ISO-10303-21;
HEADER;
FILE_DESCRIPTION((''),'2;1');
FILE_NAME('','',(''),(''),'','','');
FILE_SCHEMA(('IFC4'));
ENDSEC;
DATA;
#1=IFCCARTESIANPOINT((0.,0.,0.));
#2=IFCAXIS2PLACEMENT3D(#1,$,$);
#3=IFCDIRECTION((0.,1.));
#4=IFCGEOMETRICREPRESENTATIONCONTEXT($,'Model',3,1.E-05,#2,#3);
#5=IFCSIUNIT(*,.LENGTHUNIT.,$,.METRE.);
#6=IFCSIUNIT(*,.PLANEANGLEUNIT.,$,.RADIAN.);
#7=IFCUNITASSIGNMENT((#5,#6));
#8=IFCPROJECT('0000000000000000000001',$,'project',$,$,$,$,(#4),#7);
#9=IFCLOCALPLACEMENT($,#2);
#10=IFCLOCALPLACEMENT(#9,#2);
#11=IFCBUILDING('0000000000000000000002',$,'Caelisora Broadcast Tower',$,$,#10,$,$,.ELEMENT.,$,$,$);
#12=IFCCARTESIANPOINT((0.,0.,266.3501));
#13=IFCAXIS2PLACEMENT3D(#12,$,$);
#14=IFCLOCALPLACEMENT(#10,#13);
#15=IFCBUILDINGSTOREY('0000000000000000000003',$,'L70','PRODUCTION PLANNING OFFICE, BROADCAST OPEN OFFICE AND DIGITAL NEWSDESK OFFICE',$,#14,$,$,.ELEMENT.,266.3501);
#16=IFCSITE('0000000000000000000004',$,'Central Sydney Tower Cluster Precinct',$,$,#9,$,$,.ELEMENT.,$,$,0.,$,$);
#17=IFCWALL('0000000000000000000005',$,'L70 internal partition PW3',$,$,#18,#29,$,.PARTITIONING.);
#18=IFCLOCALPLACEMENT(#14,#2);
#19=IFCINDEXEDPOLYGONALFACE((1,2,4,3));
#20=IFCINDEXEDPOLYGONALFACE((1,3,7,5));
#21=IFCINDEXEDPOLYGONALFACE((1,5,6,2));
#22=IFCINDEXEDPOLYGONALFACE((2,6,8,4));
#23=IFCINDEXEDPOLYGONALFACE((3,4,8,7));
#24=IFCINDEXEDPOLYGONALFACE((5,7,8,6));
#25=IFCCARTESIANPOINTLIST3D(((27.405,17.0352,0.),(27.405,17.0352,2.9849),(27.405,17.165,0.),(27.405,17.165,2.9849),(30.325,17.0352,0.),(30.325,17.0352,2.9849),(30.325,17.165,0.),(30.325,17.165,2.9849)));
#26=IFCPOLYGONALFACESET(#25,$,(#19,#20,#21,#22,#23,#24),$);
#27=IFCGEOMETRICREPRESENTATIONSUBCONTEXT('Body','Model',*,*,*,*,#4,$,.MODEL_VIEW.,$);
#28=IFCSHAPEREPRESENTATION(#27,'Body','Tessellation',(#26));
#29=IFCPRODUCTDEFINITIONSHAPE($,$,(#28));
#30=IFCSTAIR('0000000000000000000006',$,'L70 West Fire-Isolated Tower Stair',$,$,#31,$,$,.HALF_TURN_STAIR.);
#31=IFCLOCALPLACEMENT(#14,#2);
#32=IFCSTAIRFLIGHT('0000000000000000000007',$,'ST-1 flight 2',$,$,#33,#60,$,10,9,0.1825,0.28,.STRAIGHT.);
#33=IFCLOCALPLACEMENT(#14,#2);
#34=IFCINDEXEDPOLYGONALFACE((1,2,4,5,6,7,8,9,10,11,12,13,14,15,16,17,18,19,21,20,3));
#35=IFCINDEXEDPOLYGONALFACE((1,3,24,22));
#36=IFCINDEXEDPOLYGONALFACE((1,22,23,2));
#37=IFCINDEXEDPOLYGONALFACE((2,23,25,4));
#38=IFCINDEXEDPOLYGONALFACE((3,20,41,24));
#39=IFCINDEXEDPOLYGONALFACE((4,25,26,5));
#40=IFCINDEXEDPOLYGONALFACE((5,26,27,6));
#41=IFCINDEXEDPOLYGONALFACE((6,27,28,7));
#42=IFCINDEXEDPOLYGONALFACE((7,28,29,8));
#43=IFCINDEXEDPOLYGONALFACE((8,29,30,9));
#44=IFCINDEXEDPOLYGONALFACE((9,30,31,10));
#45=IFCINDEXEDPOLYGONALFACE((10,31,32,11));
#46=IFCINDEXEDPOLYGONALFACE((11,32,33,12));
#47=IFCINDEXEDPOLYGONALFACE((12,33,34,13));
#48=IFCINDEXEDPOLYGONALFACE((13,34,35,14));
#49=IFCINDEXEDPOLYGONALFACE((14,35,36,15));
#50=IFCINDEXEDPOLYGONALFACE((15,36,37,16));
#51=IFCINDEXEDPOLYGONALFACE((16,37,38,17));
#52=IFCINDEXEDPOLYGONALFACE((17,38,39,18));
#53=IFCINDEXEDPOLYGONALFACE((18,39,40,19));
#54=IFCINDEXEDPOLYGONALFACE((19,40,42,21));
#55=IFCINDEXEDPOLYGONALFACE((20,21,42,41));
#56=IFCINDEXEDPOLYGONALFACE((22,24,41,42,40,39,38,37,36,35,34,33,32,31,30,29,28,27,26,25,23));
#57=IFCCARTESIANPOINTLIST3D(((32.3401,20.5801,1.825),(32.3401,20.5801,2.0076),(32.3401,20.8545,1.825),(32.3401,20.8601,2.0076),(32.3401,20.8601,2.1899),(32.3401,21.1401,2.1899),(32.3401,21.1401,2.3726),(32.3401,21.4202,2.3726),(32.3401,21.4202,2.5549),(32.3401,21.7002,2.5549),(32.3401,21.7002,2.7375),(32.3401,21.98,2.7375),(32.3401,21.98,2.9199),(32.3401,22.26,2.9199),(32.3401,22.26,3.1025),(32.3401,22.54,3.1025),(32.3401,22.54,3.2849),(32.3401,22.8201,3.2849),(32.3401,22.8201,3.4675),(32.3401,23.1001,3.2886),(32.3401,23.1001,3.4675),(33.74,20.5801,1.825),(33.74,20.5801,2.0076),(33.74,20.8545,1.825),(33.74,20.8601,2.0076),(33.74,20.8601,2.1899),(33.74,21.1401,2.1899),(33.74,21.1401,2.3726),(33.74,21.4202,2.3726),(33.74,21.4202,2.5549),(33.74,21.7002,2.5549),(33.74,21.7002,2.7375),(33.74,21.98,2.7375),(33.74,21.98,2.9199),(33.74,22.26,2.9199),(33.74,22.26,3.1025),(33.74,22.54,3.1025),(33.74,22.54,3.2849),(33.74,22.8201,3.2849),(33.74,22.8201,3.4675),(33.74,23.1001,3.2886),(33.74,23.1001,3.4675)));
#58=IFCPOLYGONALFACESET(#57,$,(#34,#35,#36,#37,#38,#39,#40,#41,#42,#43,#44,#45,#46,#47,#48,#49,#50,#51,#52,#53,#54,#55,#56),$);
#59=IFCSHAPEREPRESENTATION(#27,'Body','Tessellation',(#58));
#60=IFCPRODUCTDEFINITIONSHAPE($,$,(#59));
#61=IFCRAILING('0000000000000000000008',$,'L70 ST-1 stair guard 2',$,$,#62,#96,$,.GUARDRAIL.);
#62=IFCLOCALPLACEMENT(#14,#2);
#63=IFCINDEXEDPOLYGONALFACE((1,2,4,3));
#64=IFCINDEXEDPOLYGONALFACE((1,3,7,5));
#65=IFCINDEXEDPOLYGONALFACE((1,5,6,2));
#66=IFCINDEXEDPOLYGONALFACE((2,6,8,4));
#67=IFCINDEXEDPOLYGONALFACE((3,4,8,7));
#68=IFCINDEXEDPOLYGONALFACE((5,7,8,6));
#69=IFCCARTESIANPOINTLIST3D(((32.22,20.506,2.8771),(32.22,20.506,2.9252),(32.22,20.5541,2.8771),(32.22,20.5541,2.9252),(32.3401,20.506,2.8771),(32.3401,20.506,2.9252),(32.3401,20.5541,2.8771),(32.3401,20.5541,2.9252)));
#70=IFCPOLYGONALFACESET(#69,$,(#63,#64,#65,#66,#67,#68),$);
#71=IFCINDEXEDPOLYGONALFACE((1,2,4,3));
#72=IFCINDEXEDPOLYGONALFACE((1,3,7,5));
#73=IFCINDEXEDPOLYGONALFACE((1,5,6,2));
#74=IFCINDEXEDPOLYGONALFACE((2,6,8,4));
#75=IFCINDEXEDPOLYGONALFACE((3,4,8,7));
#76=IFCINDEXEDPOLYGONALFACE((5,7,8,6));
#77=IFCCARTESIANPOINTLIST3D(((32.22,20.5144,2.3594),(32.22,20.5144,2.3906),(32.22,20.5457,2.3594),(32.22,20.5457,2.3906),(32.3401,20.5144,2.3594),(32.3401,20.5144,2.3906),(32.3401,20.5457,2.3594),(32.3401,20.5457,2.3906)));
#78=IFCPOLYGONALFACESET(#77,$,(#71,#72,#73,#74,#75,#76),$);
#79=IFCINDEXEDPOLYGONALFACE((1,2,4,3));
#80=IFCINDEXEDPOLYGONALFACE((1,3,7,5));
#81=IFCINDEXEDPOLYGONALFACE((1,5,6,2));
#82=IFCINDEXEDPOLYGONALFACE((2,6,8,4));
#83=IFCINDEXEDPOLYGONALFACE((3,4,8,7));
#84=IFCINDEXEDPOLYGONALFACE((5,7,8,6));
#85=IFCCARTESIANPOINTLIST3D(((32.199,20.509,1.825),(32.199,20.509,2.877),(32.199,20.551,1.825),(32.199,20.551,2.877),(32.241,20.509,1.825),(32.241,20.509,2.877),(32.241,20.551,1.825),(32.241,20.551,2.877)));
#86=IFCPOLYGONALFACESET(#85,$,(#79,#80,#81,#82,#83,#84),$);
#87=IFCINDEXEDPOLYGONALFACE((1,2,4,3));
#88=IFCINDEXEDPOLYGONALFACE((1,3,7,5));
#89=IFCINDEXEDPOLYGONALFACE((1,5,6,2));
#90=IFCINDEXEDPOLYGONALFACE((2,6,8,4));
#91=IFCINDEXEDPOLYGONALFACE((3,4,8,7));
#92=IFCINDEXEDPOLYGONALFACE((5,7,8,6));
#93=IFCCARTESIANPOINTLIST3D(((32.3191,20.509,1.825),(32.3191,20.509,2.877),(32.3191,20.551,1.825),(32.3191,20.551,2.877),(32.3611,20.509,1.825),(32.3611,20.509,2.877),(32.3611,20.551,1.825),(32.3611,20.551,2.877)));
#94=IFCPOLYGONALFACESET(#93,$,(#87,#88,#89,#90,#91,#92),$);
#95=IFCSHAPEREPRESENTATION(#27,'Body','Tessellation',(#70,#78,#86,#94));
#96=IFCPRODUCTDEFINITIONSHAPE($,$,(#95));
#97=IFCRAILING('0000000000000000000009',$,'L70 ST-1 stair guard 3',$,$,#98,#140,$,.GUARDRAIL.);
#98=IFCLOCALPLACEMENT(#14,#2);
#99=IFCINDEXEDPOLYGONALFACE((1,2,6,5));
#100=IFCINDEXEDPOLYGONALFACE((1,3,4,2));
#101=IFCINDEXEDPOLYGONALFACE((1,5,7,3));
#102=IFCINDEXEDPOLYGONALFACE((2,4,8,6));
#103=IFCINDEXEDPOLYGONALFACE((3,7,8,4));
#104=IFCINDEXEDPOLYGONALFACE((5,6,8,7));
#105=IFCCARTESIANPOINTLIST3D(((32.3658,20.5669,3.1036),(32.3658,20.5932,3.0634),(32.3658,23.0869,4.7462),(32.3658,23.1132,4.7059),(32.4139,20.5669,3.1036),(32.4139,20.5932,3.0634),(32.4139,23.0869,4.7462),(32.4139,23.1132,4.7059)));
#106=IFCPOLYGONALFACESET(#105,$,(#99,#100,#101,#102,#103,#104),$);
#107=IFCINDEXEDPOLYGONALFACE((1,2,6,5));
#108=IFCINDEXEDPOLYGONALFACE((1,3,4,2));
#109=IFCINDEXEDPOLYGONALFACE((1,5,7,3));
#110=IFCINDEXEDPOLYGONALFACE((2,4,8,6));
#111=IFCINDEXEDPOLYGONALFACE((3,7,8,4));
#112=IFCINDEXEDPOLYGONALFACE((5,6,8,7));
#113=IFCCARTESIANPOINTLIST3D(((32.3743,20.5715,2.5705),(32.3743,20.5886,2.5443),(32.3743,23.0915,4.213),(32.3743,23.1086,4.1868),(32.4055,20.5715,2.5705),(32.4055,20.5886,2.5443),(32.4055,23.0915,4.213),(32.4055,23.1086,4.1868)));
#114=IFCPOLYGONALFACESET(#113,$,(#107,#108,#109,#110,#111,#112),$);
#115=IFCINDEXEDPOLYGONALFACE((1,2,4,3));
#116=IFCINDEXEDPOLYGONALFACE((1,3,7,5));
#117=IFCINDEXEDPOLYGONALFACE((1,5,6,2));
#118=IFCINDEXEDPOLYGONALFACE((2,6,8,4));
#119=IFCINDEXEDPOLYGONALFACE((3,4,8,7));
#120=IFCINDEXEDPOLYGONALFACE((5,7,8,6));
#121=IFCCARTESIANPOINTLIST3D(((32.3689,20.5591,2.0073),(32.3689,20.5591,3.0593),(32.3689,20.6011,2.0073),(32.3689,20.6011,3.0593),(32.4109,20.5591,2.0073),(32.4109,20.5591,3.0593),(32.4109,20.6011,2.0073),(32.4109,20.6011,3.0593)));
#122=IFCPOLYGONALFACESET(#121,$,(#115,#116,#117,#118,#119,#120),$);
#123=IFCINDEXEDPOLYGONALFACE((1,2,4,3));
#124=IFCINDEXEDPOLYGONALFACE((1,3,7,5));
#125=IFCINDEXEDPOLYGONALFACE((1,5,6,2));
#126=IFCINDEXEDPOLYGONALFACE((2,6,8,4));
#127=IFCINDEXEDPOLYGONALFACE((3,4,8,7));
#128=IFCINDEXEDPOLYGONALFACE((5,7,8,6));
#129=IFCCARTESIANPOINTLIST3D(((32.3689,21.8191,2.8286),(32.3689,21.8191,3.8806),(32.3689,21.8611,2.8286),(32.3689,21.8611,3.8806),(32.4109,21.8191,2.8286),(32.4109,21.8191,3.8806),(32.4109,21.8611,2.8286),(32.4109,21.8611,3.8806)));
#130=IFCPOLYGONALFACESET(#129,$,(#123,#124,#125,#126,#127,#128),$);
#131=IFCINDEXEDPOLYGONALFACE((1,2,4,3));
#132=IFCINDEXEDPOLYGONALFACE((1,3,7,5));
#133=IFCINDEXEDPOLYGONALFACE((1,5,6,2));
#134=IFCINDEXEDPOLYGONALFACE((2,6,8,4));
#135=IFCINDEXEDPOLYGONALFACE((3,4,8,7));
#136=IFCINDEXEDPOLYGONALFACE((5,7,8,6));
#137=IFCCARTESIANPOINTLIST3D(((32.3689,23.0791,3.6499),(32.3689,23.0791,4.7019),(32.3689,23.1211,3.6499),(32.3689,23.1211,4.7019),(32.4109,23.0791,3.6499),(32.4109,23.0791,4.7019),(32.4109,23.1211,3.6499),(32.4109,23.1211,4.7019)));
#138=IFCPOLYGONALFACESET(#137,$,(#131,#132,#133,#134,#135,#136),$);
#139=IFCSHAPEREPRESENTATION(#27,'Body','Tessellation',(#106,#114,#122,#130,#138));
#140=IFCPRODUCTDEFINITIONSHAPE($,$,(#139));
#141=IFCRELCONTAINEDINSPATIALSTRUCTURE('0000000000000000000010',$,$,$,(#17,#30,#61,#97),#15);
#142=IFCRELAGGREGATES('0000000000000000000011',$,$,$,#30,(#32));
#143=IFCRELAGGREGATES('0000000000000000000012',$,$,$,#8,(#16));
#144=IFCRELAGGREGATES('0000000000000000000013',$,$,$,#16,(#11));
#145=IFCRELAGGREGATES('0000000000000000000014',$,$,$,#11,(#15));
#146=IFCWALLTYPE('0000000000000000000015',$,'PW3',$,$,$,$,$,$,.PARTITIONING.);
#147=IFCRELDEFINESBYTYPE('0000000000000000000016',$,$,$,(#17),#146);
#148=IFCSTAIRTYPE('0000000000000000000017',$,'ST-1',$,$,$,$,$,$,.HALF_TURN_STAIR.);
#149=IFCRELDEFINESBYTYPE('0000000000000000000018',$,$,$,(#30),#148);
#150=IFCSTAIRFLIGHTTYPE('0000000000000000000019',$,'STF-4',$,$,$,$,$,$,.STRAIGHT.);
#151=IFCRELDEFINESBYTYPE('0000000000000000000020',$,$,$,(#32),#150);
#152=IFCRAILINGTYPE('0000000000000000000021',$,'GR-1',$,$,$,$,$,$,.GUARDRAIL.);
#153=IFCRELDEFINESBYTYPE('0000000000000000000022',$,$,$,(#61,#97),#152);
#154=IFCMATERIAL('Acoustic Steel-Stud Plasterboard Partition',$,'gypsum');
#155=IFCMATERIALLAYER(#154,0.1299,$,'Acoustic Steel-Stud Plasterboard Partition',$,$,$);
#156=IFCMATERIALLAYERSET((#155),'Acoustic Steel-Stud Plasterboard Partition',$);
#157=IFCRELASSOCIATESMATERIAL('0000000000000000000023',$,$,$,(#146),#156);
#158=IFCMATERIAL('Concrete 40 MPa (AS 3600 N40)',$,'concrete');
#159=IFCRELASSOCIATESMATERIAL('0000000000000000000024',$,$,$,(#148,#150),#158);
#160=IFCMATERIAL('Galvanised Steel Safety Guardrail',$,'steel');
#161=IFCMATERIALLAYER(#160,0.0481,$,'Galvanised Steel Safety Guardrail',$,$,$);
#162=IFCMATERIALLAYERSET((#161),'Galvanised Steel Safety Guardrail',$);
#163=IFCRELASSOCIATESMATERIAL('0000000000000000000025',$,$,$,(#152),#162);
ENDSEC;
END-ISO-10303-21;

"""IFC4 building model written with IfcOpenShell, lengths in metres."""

from ifc_helpers import new_model, si_unit, direction, frame, frame_2d, origin, origin_2d, place, context, subcontext, project, spatial, polyline, rectangle, outline, extrude, material, layer, layer_set, type_object, element, aggregate, save


model = new_model("IFC4")

# Units and contexts
model_context = context("Model", 3, precision=1e-05, world=origin(), true_north=direction((0.0, 1.0)))
body_context = subcontext(model_context, "Body", "Model", "MODEL_VIEW")
ifc_project = project(units=[si_unit("LENGTHUNIT", "METRE"), si_unit("PLANEANGLEUNIT", "RADIAN")], contexts=[model_context])

# Site, building, storey
site_placement = place(None, origin())
site = spatial("IfcSite", under=ifc_project, at=site_placement, Name="Central Sydney Tower Cluster Precinct", CompositionType="ELEMENT", RefElevation=0.0)
building_placement = place(site_placement, origin())
building = spatial("IfcBuilding", under=site, at=building_placement, Name="Caelisora Broadcast Tower", CompositionType="ELEMENT")
storey_placement = place(building_placement, frame((0.0, 0.0, 266.3501)))
storey = spatial("IfcBuildingStorey", under=building, at=storey_placement, Name="L70", Description="PRODUCTION PLANNING OFFICE, BROADCAST OPEN OFFICE AND DIGITAL NEWSDESK OFFICE", CompositionType="ELEMENT", Elevation=266.3501)

# Shared definitions
ifc_material_1 = material(Name="Concrete 40 MPa (AS 3600 N40)", Category="concrete")

# Shared definitions
ifc_material_2 = material(Name="Acoustic Steel-Stud Plasterboard Partition", Category="gypsum")
ifc_layer_1 = layer(ifc_material_2, 0.1299, Name="Acoustic Steel-Stud Plasterboard Partition")
ifc_layer_set_1 = layer_set([ifc_layer_1], Name="Acoustic Steel-Stud Plasterboard Partition")
wall_type_1 = type_object("IfcWallType", Name="PW3", PredefinedType="PARTITIONING", material=ifc_layer_set_1)

# Wall
wall_1_placement = place(storey_placement, frame((30.325, 17.1001, 0.0), z_axis=(0.0, 0.0, 1.0), x_axis=(-1.0, 0.0, 0.0)))
element("IfcWall", 1, at=wall_1_placement, inside=storey, type_object=wall_type_1, Name="L70 internal partition PW3", PredefinedType="PARTITIONING", context=body_context, shape_type="SweptSolid", body=[
    extrude(rectangle(XDim=2.9199, YDim=0.1299, at=frame_2d((1.46, 0.0))), origin(), (0.0, 0.0, 1.0), 2.9849),
])

# Stair, stair flight
stair_type = type_object("IfcStairType", Name="ST-1", PredefinedType="HALF_TURN_STAIR", material=ifc_material_1)
stair_placement = place(storey_placement, origin())
stair = element("IfcStair", 2, at=stair_placement, inside=storey, type_object=stair_type, Name="L70 West Fire-Isolated Tower Stair", PredefinedType="HALF_TURN_STAIR")
stair_flight_type = type_object("IfcStairFlightType", Name="STF-4", PredefinedType="STRAIGHT", material=ifc_material_1)
stair_flight_placement = place(storey_placement, frame((33.04, 20.5801, 1.825), z_axis=(0.0, 0.0, 1.0), x_axis=(0.0, 1.0, 0.0)))
stair_flight = element("IfcStairFlight", 3, at=stair_flight_placement, type_object=stair_flight_type, Name="ST-1 flight 2", NumberOfRisers=10, NumberOfTreads=9, PredefinedType="STRAIGHT", RiserHeight=0.1825, TreadLength=0.28, context=body_context, shape_type="SweptSolid", body=[
    extrude(outline(polyline([(0.0, 0.0), (0.0, 0.1826), (0.28, 0.1826), (0.28, 0.365), (0.5601, 0.365), (0.5601, 0.5476), (0.8401, 0.5476), (0.8401, 0.73), (1.1201, 0.73), (1.1201, 0.9126), (1.3999, 0.9126), (1.3999, 1.095), (1.6799, 1.095), (1.6799, 1.2776), (1.96, 1.2776), (1.96, 1.46), (2.24, 1.46), (2.24, 1.6426), (2.52, 1.6426), (2.52, 1.825), (2.52, 1.4636), (0.2744, 0.0), (0.0, 0.0)])), frame((0.0, 0.7, 0.0), z_axis=(0.0, -1.0, 0.0), x_axis=(1.0, 0.0, 0.0)), (0.0, 0.0, 1.0), 1.3999),
])
aggregate(stair, [stair_flight])

# Railings
ifc_material_3 = material(Name="Galvanised Steel Safety Guardrail", Category="steel")
ifc_layer_2 = layer(ifc_material_3, 0.0481, Name="Galvanised Steel Safety Guardrail")
ifc_layer_set_2 = layer_set([ifc_layer_2], Name="Galvanised Steel Safety Guardrail")
railing_type = type_object("IfcRailingType", Name="GR-1", PredefinedType="GUARDRAIL", material=ifc_layer_set_2)
railing_1_placement = place(storey_placement, frame((32.22, 20.53, 1.825)))
element("IfcRailing", 4, at=railing_1_placement, inside=storey, type_object=railing_type, Name="L70 ST-1 stair guard 2", PredefinedType="GUARDRAIL", context=body_context, shape_type="SweptSolid", body=[
    extrude(rectangle(XDim=0.0481, YDim=0.0481, at=origin_2d()), frame((0.0, 0.0, 1.0762), z_axis=(1.0, 0.0, 0.0), x_axis=(0.0, 1.0, 0.0)), (0.0, 0.0, 1.0), 0.1201),
    extrude(rectangle(XDim=0.0312, YDim=0.0312, at=origin_2d()), frame((0.0, 0.0, 0.55), z_axis=(1.0, 0.0, 0.0), x_axis=(0.0, 1.0, 0.0)), (0.0, 0.0, 1.0), 0.1201),
    extrude(rectangle(XDim=0.042, YDim=0.042, at=origin_2d()), origin(), (0.0, 0.0, 1.0), 1.052),
    extrude(rectangle(XDim=0.042, YDim=0.042, at=origin_2d()), frame((0.1201, 0.0, 0.0)), (0.0, 0.0, 1.0), 1.052),
])
railing_2_placement = place(storey_placement, frame((32.3899, 20.5801, 2.0073)))
element("IfcRailing", 5, at=railing_2_placement, inside=storey, type_object=railing_type, Name="L70 ST-1 stair guard 3", PredefinedType="GUARDRAIL", context=body_context, shape_type="SweptSolid", body=[
    extrude(rectangle(XDim=0.0481, YDim=0.0481, at=origin_2d()), frame((0.0, 0.0, 1.0762), z_axis=(0.0, 0.837749, 0.546055), x_axis=(-1.0, 0.0, 0.0)), (0.0, 0.0, 1.0), 3.0081),
    extrude(rectangle(XDim=0.0312, YDim=0.0312, at=origin_2d()), frame((0.0, 0.0, 0.55), z_axis=(0.0, 0.837749, 0.546055), x_axis=(-1.0, 0.0, 0.0)), (0.0, 0.0, 1.0), 3.0081),
    extrude(rectangle(XDim=0.042, YDim=0.042, at=origin_2d()), origin(), (0.0, 0.0, 1.0), 1.052),
    extrude(rectangle(XDim=0.042, YDim=0.042, at=origin_2d()), frame((0.0, 1.26, 0.8213)), (0.0, 0.0, 1.0), 1.052),
    extrude(rectangle(XDim=0.042, YDim=0.042, at=origin_2d()), frame((0.0, 2.52, 1.6426)), (0.0, 0.0, 1.0), 1.052),
])

save(model, "model.ifc")
